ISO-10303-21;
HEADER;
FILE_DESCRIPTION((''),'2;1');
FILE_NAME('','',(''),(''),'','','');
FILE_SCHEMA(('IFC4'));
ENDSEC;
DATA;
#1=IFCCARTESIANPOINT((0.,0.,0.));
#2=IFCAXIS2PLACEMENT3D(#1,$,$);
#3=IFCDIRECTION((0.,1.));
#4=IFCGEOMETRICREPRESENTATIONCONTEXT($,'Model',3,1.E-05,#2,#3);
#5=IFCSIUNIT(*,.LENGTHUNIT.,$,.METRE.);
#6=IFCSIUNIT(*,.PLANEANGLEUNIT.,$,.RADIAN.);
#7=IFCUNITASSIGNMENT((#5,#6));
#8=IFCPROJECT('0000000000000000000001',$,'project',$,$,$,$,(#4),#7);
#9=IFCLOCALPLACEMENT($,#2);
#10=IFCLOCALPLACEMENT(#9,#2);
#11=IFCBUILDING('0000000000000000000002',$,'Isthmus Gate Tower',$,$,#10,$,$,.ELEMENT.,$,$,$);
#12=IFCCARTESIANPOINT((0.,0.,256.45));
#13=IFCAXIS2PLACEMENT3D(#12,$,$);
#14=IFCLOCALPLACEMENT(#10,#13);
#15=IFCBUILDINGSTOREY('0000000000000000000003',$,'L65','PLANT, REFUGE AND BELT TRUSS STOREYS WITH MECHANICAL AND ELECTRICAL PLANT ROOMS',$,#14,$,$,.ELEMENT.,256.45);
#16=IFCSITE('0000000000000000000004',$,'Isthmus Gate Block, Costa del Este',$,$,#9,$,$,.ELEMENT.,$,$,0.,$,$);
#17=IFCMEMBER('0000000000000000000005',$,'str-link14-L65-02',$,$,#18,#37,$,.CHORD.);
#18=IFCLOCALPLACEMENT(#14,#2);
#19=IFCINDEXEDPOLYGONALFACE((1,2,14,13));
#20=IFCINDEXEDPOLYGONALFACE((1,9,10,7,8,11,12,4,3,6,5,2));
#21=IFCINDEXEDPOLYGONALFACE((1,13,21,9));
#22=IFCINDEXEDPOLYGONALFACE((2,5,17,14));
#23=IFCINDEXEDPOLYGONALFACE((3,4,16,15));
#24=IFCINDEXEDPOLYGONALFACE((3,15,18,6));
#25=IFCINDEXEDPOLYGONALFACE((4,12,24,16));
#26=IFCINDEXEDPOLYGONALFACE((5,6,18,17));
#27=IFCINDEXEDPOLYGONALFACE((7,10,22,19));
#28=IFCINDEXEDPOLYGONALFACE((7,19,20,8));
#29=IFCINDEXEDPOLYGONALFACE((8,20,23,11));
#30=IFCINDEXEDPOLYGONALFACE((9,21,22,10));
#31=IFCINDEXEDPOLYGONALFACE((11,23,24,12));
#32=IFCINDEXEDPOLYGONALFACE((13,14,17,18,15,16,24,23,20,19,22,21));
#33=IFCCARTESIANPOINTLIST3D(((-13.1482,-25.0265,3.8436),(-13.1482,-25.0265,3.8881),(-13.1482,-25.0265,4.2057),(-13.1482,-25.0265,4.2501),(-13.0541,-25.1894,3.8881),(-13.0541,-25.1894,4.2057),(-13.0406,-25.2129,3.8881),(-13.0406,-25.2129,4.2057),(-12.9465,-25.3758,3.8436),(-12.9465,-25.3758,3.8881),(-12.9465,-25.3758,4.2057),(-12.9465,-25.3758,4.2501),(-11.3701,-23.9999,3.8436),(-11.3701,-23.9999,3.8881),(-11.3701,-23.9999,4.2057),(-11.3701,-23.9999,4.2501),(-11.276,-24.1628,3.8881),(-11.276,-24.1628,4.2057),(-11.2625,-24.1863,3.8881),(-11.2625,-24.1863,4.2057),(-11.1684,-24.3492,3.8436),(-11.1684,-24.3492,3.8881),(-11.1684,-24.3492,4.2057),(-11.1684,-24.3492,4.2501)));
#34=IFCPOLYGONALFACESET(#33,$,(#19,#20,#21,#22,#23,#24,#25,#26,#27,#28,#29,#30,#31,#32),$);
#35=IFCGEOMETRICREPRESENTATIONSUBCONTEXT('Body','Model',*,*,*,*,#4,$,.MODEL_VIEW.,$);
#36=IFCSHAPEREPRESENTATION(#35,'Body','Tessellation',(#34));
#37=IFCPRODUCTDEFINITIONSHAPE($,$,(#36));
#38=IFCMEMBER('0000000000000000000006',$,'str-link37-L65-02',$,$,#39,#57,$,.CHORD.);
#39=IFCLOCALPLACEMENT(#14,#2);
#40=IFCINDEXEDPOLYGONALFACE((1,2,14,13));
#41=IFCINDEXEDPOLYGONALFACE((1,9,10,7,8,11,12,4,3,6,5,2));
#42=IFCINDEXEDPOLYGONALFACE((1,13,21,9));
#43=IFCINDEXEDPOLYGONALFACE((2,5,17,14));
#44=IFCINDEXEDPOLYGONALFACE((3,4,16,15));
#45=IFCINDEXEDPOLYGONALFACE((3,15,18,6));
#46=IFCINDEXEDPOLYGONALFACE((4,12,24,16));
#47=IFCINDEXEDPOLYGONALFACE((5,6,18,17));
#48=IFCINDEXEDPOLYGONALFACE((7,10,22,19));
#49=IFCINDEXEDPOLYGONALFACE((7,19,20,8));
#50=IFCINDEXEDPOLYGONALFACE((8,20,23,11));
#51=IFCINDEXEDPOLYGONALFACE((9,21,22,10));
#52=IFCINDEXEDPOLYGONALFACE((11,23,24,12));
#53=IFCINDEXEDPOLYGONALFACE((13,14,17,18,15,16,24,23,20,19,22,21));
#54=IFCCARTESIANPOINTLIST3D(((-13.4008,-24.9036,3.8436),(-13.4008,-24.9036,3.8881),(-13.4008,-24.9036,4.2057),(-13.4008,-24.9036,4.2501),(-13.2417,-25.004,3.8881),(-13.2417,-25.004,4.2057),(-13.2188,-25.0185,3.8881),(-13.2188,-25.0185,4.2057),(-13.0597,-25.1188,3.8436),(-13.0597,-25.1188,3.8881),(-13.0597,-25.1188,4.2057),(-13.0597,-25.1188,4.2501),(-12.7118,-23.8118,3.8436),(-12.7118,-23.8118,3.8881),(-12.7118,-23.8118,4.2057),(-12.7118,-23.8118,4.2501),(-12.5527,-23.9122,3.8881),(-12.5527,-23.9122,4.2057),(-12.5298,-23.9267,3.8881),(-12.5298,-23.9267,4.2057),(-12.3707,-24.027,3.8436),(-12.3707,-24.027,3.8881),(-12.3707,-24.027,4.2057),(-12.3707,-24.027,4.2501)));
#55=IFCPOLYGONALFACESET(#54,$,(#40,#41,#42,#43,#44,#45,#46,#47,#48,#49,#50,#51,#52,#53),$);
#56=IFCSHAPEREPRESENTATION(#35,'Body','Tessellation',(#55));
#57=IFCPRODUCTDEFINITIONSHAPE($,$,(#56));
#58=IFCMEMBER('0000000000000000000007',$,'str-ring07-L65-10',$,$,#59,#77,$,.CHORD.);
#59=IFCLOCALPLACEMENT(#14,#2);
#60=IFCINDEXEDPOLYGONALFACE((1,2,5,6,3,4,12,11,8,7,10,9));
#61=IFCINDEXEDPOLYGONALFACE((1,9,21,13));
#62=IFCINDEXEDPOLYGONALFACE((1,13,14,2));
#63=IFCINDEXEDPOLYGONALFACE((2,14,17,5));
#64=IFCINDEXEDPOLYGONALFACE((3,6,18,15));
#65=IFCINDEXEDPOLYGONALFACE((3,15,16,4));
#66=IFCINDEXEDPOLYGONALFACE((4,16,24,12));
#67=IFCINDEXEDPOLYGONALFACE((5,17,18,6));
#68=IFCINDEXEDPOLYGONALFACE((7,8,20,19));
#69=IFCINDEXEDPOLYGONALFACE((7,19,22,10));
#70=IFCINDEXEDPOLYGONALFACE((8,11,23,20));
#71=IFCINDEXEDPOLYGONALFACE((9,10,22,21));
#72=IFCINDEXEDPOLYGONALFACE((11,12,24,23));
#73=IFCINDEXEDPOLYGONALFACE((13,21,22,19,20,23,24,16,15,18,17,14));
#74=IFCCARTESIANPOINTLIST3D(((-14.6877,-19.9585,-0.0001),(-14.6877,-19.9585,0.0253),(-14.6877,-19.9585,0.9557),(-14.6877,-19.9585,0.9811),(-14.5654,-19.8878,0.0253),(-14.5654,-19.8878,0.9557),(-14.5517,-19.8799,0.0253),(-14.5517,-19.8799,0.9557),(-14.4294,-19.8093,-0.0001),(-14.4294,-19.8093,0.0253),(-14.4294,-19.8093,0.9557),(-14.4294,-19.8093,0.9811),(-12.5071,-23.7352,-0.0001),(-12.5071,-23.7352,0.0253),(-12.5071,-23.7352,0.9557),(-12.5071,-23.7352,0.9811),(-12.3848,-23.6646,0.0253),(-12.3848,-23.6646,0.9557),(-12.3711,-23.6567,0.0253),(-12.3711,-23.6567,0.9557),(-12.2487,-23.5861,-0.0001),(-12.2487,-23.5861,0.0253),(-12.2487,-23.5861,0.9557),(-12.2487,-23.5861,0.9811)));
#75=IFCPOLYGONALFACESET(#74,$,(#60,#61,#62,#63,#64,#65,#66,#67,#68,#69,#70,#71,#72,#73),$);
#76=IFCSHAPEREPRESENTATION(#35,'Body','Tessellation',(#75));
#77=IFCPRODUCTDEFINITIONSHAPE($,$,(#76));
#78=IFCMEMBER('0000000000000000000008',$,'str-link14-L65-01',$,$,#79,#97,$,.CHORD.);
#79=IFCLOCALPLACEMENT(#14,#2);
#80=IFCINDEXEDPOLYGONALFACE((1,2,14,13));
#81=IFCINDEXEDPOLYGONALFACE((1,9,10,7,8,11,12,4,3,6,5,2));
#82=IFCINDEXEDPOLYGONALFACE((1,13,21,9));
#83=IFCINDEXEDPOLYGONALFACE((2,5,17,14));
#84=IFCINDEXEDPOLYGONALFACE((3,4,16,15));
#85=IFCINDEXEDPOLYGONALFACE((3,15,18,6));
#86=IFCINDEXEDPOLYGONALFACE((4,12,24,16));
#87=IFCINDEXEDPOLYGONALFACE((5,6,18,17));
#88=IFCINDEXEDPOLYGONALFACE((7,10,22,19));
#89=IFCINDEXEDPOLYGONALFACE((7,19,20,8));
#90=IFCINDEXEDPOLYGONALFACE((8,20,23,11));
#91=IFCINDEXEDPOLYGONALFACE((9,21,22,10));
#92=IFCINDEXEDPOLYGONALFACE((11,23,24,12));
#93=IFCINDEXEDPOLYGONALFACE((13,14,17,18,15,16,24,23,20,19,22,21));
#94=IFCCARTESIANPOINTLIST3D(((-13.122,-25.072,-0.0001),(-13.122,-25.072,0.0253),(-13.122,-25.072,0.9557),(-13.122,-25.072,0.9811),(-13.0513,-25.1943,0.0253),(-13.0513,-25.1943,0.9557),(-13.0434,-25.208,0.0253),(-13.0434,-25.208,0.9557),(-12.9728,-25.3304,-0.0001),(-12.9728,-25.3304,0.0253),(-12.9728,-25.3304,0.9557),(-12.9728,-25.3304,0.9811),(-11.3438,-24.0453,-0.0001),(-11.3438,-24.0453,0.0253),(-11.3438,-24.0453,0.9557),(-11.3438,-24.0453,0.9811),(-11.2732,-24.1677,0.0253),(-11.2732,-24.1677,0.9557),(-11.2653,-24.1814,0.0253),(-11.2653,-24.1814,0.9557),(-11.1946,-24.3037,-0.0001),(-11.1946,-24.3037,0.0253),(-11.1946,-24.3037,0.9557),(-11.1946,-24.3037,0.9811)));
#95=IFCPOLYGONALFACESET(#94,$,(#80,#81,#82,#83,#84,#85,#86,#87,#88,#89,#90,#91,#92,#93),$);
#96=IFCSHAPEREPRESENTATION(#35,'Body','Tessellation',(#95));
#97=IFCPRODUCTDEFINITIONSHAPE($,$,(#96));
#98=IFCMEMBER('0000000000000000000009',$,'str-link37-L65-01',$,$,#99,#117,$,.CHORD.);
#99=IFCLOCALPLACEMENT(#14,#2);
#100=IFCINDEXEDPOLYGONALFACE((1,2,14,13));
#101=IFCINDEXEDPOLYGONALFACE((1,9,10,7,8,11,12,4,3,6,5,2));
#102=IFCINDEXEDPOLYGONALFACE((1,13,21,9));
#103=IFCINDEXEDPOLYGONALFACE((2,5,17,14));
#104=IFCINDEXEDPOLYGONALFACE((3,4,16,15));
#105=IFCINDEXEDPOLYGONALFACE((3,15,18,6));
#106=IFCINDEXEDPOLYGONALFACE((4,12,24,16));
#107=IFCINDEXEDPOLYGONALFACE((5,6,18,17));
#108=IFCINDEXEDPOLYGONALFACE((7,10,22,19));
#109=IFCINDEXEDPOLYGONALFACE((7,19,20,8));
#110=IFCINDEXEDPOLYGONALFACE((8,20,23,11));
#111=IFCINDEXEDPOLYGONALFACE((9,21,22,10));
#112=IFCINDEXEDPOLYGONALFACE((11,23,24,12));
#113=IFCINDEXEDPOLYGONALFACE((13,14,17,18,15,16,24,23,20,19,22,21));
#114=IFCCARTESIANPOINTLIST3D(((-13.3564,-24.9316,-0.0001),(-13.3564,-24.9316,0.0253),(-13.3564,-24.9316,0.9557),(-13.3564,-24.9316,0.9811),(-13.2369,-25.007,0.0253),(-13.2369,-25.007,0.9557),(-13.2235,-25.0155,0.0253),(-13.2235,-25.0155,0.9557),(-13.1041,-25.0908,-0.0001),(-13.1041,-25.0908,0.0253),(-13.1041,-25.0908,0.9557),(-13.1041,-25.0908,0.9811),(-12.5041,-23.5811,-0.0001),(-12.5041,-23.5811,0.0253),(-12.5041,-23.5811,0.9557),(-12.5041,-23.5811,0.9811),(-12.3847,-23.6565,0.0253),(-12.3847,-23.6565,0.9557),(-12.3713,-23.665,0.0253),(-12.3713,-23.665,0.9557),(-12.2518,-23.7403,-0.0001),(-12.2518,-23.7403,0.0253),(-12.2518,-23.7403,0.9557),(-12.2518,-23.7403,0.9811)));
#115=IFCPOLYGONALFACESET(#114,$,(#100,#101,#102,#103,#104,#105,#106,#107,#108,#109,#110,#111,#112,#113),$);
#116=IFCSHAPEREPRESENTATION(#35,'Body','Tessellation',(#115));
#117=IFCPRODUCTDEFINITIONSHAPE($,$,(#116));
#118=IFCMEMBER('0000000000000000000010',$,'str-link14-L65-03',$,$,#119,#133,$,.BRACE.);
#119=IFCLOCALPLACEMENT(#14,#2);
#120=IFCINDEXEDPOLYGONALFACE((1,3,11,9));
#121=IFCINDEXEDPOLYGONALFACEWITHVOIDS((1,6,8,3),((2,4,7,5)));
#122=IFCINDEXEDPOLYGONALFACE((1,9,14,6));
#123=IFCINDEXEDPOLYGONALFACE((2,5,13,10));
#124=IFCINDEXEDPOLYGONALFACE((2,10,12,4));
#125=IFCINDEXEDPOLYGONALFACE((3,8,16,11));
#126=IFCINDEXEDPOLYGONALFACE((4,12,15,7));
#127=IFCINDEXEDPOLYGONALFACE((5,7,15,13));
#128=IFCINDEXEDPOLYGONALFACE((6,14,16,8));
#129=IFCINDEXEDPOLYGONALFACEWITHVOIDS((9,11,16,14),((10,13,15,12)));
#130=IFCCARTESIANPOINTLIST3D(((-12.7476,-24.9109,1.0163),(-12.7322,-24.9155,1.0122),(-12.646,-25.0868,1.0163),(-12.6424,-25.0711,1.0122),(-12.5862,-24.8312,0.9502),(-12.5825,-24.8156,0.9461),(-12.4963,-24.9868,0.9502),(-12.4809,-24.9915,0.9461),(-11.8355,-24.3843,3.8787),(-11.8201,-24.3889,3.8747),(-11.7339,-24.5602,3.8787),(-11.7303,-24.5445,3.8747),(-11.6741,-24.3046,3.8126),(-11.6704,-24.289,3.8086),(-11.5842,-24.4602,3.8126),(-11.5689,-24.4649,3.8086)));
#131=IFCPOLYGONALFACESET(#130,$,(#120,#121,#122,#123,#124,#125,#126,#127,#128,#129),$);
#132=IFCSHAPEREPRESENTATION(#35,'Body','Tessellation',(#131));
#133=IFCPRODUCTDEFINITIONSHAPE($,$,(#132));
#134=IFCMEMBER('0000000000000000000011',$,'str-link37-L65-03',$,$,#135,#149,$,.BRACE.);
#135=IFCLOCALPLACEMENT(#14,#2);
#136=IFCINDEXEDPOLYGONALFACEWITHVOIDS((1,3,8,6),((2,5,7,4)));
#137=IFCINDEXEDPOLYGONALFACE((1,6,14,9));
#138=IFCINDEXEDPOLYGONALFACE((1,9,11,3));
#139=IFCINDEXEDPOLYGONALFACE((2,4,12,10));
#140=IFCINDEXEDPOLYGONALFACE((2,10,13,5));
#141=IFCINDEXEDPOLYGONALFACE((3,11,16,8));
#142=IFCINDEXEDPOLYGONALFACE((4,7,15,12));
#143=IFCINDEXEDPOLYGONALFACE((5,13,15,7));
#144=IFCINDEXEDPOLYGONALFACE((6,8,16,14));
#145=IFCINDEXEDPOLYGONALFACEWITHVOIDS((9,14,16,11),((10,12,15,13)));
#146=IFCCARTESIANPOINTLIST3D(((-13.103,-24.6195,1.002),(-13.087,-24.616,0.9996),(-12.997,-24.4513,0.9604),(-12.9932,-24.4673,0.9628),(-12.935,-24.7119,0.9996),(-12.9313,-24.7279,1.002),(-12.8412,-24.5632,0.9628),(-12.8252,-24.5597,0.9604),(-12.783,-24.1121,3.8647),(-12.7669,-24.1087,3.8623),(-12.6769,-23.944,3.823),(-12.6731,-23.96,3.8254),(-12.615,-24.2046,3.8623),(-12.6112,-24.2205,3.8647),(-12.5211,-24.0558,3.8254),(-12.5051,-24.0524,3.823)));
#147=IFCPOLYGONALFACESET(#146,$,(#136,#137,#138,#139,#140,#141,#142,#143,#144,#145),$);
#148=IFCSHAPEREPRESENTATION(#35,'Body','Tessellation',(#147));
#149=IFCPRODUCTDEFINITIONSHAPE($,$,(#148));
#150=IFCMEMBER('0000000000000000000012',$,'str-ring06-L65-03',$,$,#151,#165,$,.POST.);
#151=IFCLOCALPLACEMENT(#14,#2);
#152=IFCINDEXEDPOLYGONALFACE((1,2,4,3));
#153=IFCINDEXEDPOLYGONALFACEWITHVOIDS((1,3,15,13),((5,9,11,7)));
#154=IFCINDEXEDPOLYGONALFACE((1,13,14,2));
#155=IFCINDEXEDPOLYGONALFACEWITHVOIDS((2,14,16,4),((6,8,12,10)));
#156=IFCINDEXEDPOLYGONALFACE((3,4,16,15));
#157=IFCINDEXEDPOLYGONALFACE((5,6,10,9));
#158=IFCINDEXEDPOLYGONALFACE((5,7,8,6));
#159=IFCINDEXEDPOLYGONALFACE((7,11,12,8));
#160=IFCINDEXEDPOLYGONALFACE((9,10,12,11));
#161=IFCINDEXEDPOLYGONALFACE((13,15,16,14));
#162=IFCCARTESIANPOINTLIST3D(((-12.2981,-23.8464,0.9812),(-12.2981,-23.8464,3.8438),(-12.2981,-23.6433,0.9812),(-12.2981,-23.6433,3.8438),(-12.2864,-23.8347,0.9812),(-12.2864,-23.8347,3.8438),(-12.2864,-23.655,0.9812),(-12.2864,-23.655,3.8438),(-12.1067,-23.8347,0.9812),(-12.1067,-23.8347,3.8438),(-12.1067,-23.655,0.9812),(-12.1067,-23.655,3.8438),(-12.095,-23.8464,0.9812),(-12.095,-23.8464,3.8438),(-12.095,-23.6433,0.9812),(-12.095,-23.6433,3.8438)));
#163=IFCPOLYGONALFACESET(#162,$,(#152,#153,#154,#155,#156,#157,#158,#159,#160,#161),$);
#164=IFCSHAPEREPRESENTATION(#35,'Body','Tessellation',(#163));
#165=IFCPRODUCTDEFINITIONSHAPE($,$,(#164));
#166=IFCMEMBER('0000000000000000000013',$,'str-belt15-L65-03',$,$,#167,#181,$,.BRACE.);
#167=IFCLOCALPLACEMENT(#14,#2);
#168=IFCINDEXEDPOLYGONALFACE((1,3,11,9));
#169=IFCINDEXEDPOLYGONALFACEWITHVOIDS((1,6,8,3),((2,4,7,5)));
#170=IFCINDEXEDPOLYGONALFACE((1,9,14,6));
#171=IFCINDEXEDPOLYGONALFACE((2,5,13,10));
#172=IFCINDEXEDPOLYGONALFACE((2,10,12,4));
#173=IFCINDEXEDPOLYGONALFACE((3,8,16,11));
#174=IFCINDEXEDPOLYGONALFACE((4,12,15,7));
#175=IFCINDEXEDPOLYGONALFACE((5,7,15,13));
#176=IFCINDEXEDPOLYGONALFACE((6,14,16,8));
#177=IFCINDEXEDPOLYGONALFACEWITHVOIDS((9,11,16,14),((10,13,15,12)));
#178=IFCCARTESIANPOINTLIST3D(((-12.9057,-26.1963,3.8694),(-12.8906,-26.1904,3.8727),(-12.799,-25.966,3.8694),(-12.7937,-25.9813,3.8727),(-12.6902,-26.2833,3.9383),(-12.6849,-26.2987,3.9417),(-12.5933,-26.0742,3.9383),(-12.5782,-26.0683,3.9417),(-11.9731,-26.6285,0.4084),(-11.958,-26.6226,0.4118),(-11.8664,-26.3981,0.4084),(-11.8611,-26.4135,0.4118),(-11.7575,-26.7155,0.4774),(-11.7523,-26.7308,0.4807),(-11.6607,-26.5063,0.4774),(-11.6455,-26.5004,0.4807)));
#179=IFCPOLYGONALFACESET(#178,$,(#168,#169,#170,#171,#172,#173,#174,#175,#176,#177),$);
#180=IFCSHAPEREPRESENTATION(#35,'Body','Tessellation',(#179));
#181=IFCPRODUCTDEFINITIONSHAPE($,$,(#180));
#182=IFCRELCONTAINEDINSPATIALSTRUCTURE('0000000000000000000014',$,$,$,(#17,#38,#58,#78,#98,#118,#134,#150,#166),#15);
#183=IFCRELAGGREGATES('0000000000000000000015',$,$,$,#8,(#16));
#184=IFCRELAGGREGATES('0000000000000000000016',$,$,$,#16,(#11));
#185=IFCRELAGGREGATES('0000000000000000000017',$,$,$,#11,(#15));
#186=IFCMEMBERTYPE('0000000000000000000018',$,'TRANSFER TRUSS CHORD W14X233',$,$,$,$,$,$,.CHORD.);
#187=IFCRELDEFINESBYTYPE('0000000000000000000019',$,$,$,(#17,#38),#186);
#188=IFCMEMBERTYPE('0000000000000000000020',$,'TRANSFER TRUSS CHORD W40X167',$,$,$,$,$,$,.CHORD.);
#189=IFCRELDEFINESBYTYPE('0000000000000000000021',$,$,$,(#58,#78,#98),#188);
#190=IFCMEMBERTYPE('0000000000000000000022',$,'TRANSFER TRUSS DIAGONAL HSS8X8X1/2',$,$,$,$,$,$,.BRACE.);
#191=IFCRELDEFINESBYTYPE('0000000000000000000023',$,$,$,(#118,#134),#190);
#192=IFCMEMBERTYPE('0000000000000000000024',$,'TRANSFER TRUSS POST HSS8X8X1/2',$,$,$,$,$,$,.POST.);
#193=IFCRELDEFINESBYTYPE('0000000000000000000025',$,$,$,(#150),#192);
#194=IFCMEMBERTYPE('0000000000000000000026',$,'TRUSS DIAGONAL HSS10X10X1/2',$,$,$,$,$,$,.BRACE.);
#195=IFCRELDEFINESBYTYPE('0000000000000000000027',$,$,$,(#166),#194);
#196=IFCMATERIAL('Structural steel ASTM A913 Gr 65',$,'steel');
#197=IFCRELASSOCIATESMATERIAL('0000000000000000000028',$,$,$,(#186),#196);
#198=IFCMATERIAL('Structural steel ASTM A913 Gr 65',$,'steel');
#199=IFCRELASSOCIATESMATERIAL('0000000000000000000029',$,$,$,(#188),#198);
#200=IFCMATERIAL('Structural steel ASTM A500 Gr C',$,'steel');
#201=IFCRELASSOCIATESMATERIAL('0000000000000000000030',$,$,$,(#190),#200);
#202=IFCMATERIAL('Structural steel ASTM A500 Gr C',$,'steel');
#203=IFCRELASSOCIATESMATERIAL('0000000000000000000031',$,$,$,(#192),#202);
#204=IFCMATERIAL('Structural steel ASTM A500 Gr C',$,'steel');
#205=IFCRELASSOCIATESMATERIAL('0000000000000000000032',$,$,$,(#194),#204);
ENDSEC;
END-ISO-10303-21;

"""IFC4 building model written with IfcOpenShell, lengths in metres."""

from ifc_helpers import new_model, si_unit, direction, frame, origin, origin_2d, place, context, subcontext, project, spatial, hollow_rectangle, i_section, extrude, material, material_profile, profile_set, type_object, element, save


model = new_model("IFC4")

# Units and contexts
model_context = context("Model", 3, precision=1e-05, world=origin(), true_north=direction((0.0, 1.0)))
body_context = subcontext(model_context, "Body", "Model", "MODEL_VIEW")
ifc_project = project(units=[si_unit("LENGTHUNIT", "METRE"), si_unit("PLANEANGLEUNIT", "RADIAN")], contexts=[model_context])

# Site, building, storey
site_placement = place(None, origin())
site = spatial("IfcSite", under=ifc_project, at=site_placement, Name="Isthmus Gate Block, Costa del Este", CompositionType="ELEMENT", RefElevation=0.0)
building_placement = place(site_placement, origin())
building = spatial("IfcBuilding", under=site, at=building_placement, Name="Isthmus Gate Tower", CompositionType="ELEMENT")
storey_placement = place(building_placement, frame((0.0, 0.0, 256.45)))
storey = spatial("IfcBuildingStorey", under=building, at=storey_placement, Name="L65", Description="PLANT, REFUGE AND BELT TRUSS STOREYS WITH MECHANICAL AND ELECTRICAL PLANT ROOMS", CompositionType="ELEMENT", Elevation=256.45)

# Members
ifc_material_1 = material(Name="Structural steel ASTM A913 Gr 65", Category="steel")
ifc_material_profile_1 = material_profile(ifc_material_1, i_section(OverallWidth=0.4033, OverallDepth=0.4065, WebThickness=0.0271, FlangeThickness=0.0444, at=origin_2d()), Name="W14X233")
ifc_profile_set_1 = profile_set([ifc_material_profile_1], Name="Structural steel ASTM A913 Gr 65")
member_type_1 = type_object("IfcMemberType", Name="TRANSFER TRUSS CHORD W14X233", PredefinedType="CHORD", material=ifc_profile_set_1)
member_1_placement = place(storey_placement, frame((-13.0474, -25.2012, 4.0469), z_axis=(0.866017, 0.500014, 0.0), x_axis=(-0.500014, 0.866017, 0.0)))
element("IfcMember", 1, at=member_1_placement, inside=storey, type_object=member_type_1, Name="str-link14-L65-02", PredefinedType="CHORD", context=body_context, shape_type="SweptSolid", body=[
    extrude(i_section(OverallWidth=0.4033, OverallDepth=0.4065, WebThickness=0.0271, FlangeThickness=0.0444, at=origin_2d()), origin(), (0.0, 0.0, 1.0), 2.0532),
])
member_2_placement = place(storey_placement, frame((-13.2302, -25.0112, 4.0469), z_axis=(0.533666, 0.845696, 0.0), x_axis=(-0.845696, 0.533666, 0.0)))
element("IfcMember", 2, at=member_2_placement, inside=storey, type_object=member_type_1, Name="str-link37-L65-02", PredefinedType="CHORD", context=body_context, shape_type="SweptSolid", body=[
    extrude(i_section(OverallWidth=0.4033, OverallDepth=0.4065, WebThickness=0.0271, FlangeThickness=0.0444, at=origin_2d()), origin(), (0.0, 0.0, 1.0), 1.291),
])
ifc_material_2 = material(Name="Structural steel ASTM A913 Gr 65", Category="steel")
ifc_material_profile_2 = material_profile(ifc_material_2, i_section(OverallWidth=0.2983, OverallDepth=0.9812, WebThickness=0.0159, FlangeThickness=0.0254, at=origin_2d()), Name="W40X167")
ifc_profile_set_2 = profile_set([ifc_material_profile_2], Name="Structural steel ASTM A913 Gr 65")
member_type_2 = type_object("IfcMemberType", Name="TRANSFER TRUSS CHORD W40X167", PredefinedType="CHORD", material=ifc_profile_set_2)
member_3_placement = place(storey_placement, frame((-12.3779, -23.6606, 0.4905), z_axis=(-0.500016, 0.866016, 0.0), x_axis=(-0.866016, -0.500016, 0.0)))
element("IfcMember", 3, at=member_3_placement, inside=storey, type_object=member_type_2, Name="str-ring07-L65-10", PredefinedType="CHORD", context=body_context, shape_type="SweptSolid", body=[
    extrude(i_section(OverallWidth=0.2983, OverallDepth=0.9812, WebThickness=0.0159, FlangeThickness=0.0254, at=origin_2d()), origin(), (0.0, 0.0, 1.0), 4.3611),
])
member_4_placement = place(storey_placement, frame((-13.0474, -25.2012, 0.4905), z_axis=(0.866017, 0.500014, 0.0), x_axis=(-0.500014, 0.866017, 0.0)))
element("IfcMember", 4, at=member_4_placement, inside=storey, type_object=member_type_2, Name="str-link14-L65-01", PredefinedType="CHORD", context=body_context, shape_type="SweptSolid", body=[
    extrude(i_section(OverallWidth=0.2983, OverallDepth=0.9812, WebThickness=0.0159, FlangeThickness=0.0254, at=origin_2d()), origin(), (0.0, 0.0, 1.0), 2.0532),
])
member_5_placement = place(storey_placement, frame((-13.2302, -25.0112, 0.4905), z_axis=(0.533677, 0.845689, 0.0), x_axis=(-0.845689, 0.533677, 0.0)))
element("IfcMember", 5, at=member_5_placement, inside=storey, type_object=member_type_2, Name="str-link37-L65-01", PredefinedType="CHORD", context=body_context, shape_type="SweptSolid", body=[
    extrude(i_section(OverallWidth=0.2983, OverallDepth=0.9812, WebThickness=0.0159, FlangeThickness=0.0254, at=origin_2d()), origin(), (0.0, 0.0, 1.0), 1.5969),
])
ifc_material_3 = material(Name="Structural steel ASTM A500 Gr C", Category="steel")
ifc_material_profile_3 = material_profile(ifc_material_3, hollow_rectangle(XDim=0.2031, YDim=0.2031, WallThickness=0.0117, at=origin_2d()), Name="HSS8X8X1/2")
ifc_profile_set_3 = profile_set([ifc_material_profile_3], Name="Structural steel ASTM A500 Gr C")
member_type_3 = type_object("IfcMemberType", Name="TRANSFER TRUSS DIAGONAL HSS8X8X1/2", PredefinedType="BRACE", material=ifc_profile_set_3)
member_6_placement = place(storey_placement, frame((-12.6143, -24.9512, 0.9812), z_axis=(0.299037, 0.172651, 0.938493), x_axis=(-0.500003, 0.866023, 0.0)))
element("IfcMember", 6, at=member_6_placement, inside=storey, type_object=member_type_3, Name="str-link14-L65-03", PredefinedType="BRACE", context=body_context, shape_type="SweptSolid", body=[
    extrude(hollow_rectangle(XDim=0.2031, YDim=0.2031, WallThickness=0.0117, at=origin_2d()), origin(), (0.0, 0.0, 1.0), 3.05),
])
member_7_placement = place(storey_placement, frame((-12.9641, -24.5896, 0.9812), z_axis=(0.109435, 0.173461, 0.978742), x_axis=(-0.84575, 0.533579, 0.0)))
element("IfcMember", 7, at=member_7_placement, inside=storey, type_object=member_type_3, Name="str-link37-L65-03", PredefinedType="BRACE", context=body_context, shape_type="SweptSolid", body=[
    extrude(hollow_rectangle(XDim=0.2031, YDim=0.2031, WallThickness=0.0117, at=origin_2d()), origin(), (0.0, 0.0, 1.0), 2.9248),
])
ifc_material_4 = material(Name="Structural steel ASTM A500 Gr C", Category="steel")
ifc_material_profile_4 = material_profile(ifc_material_4, hollow_rectangle(XDim=0.2031, YDim=0.2031, WallThickness=0.0117, at=origin_2d()), Name="HSS8X8X1/2")
ifc_profile_set_4 = profile_set([ifc_material_profile_4], Name="Structural steel ASTM A500 Gr C")
member_type_4 = type_object("IfcMemberType", Name="TRANSFER TRUSS POST HSS8X8X1/2", PredefinedType="POST", material=ifc_profile_set_4)
member_8_placement = place(storey_placement, frame((-12.1965, -23.7449, 0.9812), z_axis=(0.0, 0.0, 1.0), x_axis=(1.0, 0.0, 0.0)))
element("IfcMember", 8, at=member_8_placement, inside=storey, type_object=member_type_4, Name="str-ring06-L65-03", PredefinedType="POST", context=body_context, shape_type="SweptSolid", body=[
    extrude(hollow_rectangle(XDim=0.2031, YDim=0.2031, WallThickness=0.0117, at=origin_2d()), origin(), (0.0, 0.0, 1.0), 2.8625),
])
ifc_material_5 = material(Name="Structural steel ASTM A500 Gr C", Category="steel")
ifc_material_profile_5 = material_profile(ifc_material_5, hollow_rectangle(XDim=0.2539, YDim=0.2539, WallThickness=0.0117, at=origin_2d()), Name="HSS10X10X1/2")
ifc_profile_set_5 = profile_set([ifc_material_profile_5], Name="Structural steel ASTM A500 Gr C")
member_type_5 = type_object("IfcMemberType", Name="TRUSS DIAGONAL HSS10X10X1/2", PredefinedType="BRACE", material=ifc_profile_set_5)
member_9_placement = place(storey_placement, frame((-11.8093, -26.5645, 0.4446), z_axis=(-0.258318, 0.119692, 0.958617), x_axis=(-0.420413, -0.907333, 0.0)))
element("IfcMember", 9, at=member_9_placement, inside=storey, type_object=member_type_5, Name="str-belt15-L65-03", PredefinedType="BRACE", context=body_context, shape_type="SweptSolid", body=[
    extrude(hollow_rectangle(XDim=0.2539, YDim=0.2539, WallThickness=0.0117, at=origin_2d()), origin(), (0.0, 0.0, 1.0), 3.6104),
])

save(model, "model.ifc")
